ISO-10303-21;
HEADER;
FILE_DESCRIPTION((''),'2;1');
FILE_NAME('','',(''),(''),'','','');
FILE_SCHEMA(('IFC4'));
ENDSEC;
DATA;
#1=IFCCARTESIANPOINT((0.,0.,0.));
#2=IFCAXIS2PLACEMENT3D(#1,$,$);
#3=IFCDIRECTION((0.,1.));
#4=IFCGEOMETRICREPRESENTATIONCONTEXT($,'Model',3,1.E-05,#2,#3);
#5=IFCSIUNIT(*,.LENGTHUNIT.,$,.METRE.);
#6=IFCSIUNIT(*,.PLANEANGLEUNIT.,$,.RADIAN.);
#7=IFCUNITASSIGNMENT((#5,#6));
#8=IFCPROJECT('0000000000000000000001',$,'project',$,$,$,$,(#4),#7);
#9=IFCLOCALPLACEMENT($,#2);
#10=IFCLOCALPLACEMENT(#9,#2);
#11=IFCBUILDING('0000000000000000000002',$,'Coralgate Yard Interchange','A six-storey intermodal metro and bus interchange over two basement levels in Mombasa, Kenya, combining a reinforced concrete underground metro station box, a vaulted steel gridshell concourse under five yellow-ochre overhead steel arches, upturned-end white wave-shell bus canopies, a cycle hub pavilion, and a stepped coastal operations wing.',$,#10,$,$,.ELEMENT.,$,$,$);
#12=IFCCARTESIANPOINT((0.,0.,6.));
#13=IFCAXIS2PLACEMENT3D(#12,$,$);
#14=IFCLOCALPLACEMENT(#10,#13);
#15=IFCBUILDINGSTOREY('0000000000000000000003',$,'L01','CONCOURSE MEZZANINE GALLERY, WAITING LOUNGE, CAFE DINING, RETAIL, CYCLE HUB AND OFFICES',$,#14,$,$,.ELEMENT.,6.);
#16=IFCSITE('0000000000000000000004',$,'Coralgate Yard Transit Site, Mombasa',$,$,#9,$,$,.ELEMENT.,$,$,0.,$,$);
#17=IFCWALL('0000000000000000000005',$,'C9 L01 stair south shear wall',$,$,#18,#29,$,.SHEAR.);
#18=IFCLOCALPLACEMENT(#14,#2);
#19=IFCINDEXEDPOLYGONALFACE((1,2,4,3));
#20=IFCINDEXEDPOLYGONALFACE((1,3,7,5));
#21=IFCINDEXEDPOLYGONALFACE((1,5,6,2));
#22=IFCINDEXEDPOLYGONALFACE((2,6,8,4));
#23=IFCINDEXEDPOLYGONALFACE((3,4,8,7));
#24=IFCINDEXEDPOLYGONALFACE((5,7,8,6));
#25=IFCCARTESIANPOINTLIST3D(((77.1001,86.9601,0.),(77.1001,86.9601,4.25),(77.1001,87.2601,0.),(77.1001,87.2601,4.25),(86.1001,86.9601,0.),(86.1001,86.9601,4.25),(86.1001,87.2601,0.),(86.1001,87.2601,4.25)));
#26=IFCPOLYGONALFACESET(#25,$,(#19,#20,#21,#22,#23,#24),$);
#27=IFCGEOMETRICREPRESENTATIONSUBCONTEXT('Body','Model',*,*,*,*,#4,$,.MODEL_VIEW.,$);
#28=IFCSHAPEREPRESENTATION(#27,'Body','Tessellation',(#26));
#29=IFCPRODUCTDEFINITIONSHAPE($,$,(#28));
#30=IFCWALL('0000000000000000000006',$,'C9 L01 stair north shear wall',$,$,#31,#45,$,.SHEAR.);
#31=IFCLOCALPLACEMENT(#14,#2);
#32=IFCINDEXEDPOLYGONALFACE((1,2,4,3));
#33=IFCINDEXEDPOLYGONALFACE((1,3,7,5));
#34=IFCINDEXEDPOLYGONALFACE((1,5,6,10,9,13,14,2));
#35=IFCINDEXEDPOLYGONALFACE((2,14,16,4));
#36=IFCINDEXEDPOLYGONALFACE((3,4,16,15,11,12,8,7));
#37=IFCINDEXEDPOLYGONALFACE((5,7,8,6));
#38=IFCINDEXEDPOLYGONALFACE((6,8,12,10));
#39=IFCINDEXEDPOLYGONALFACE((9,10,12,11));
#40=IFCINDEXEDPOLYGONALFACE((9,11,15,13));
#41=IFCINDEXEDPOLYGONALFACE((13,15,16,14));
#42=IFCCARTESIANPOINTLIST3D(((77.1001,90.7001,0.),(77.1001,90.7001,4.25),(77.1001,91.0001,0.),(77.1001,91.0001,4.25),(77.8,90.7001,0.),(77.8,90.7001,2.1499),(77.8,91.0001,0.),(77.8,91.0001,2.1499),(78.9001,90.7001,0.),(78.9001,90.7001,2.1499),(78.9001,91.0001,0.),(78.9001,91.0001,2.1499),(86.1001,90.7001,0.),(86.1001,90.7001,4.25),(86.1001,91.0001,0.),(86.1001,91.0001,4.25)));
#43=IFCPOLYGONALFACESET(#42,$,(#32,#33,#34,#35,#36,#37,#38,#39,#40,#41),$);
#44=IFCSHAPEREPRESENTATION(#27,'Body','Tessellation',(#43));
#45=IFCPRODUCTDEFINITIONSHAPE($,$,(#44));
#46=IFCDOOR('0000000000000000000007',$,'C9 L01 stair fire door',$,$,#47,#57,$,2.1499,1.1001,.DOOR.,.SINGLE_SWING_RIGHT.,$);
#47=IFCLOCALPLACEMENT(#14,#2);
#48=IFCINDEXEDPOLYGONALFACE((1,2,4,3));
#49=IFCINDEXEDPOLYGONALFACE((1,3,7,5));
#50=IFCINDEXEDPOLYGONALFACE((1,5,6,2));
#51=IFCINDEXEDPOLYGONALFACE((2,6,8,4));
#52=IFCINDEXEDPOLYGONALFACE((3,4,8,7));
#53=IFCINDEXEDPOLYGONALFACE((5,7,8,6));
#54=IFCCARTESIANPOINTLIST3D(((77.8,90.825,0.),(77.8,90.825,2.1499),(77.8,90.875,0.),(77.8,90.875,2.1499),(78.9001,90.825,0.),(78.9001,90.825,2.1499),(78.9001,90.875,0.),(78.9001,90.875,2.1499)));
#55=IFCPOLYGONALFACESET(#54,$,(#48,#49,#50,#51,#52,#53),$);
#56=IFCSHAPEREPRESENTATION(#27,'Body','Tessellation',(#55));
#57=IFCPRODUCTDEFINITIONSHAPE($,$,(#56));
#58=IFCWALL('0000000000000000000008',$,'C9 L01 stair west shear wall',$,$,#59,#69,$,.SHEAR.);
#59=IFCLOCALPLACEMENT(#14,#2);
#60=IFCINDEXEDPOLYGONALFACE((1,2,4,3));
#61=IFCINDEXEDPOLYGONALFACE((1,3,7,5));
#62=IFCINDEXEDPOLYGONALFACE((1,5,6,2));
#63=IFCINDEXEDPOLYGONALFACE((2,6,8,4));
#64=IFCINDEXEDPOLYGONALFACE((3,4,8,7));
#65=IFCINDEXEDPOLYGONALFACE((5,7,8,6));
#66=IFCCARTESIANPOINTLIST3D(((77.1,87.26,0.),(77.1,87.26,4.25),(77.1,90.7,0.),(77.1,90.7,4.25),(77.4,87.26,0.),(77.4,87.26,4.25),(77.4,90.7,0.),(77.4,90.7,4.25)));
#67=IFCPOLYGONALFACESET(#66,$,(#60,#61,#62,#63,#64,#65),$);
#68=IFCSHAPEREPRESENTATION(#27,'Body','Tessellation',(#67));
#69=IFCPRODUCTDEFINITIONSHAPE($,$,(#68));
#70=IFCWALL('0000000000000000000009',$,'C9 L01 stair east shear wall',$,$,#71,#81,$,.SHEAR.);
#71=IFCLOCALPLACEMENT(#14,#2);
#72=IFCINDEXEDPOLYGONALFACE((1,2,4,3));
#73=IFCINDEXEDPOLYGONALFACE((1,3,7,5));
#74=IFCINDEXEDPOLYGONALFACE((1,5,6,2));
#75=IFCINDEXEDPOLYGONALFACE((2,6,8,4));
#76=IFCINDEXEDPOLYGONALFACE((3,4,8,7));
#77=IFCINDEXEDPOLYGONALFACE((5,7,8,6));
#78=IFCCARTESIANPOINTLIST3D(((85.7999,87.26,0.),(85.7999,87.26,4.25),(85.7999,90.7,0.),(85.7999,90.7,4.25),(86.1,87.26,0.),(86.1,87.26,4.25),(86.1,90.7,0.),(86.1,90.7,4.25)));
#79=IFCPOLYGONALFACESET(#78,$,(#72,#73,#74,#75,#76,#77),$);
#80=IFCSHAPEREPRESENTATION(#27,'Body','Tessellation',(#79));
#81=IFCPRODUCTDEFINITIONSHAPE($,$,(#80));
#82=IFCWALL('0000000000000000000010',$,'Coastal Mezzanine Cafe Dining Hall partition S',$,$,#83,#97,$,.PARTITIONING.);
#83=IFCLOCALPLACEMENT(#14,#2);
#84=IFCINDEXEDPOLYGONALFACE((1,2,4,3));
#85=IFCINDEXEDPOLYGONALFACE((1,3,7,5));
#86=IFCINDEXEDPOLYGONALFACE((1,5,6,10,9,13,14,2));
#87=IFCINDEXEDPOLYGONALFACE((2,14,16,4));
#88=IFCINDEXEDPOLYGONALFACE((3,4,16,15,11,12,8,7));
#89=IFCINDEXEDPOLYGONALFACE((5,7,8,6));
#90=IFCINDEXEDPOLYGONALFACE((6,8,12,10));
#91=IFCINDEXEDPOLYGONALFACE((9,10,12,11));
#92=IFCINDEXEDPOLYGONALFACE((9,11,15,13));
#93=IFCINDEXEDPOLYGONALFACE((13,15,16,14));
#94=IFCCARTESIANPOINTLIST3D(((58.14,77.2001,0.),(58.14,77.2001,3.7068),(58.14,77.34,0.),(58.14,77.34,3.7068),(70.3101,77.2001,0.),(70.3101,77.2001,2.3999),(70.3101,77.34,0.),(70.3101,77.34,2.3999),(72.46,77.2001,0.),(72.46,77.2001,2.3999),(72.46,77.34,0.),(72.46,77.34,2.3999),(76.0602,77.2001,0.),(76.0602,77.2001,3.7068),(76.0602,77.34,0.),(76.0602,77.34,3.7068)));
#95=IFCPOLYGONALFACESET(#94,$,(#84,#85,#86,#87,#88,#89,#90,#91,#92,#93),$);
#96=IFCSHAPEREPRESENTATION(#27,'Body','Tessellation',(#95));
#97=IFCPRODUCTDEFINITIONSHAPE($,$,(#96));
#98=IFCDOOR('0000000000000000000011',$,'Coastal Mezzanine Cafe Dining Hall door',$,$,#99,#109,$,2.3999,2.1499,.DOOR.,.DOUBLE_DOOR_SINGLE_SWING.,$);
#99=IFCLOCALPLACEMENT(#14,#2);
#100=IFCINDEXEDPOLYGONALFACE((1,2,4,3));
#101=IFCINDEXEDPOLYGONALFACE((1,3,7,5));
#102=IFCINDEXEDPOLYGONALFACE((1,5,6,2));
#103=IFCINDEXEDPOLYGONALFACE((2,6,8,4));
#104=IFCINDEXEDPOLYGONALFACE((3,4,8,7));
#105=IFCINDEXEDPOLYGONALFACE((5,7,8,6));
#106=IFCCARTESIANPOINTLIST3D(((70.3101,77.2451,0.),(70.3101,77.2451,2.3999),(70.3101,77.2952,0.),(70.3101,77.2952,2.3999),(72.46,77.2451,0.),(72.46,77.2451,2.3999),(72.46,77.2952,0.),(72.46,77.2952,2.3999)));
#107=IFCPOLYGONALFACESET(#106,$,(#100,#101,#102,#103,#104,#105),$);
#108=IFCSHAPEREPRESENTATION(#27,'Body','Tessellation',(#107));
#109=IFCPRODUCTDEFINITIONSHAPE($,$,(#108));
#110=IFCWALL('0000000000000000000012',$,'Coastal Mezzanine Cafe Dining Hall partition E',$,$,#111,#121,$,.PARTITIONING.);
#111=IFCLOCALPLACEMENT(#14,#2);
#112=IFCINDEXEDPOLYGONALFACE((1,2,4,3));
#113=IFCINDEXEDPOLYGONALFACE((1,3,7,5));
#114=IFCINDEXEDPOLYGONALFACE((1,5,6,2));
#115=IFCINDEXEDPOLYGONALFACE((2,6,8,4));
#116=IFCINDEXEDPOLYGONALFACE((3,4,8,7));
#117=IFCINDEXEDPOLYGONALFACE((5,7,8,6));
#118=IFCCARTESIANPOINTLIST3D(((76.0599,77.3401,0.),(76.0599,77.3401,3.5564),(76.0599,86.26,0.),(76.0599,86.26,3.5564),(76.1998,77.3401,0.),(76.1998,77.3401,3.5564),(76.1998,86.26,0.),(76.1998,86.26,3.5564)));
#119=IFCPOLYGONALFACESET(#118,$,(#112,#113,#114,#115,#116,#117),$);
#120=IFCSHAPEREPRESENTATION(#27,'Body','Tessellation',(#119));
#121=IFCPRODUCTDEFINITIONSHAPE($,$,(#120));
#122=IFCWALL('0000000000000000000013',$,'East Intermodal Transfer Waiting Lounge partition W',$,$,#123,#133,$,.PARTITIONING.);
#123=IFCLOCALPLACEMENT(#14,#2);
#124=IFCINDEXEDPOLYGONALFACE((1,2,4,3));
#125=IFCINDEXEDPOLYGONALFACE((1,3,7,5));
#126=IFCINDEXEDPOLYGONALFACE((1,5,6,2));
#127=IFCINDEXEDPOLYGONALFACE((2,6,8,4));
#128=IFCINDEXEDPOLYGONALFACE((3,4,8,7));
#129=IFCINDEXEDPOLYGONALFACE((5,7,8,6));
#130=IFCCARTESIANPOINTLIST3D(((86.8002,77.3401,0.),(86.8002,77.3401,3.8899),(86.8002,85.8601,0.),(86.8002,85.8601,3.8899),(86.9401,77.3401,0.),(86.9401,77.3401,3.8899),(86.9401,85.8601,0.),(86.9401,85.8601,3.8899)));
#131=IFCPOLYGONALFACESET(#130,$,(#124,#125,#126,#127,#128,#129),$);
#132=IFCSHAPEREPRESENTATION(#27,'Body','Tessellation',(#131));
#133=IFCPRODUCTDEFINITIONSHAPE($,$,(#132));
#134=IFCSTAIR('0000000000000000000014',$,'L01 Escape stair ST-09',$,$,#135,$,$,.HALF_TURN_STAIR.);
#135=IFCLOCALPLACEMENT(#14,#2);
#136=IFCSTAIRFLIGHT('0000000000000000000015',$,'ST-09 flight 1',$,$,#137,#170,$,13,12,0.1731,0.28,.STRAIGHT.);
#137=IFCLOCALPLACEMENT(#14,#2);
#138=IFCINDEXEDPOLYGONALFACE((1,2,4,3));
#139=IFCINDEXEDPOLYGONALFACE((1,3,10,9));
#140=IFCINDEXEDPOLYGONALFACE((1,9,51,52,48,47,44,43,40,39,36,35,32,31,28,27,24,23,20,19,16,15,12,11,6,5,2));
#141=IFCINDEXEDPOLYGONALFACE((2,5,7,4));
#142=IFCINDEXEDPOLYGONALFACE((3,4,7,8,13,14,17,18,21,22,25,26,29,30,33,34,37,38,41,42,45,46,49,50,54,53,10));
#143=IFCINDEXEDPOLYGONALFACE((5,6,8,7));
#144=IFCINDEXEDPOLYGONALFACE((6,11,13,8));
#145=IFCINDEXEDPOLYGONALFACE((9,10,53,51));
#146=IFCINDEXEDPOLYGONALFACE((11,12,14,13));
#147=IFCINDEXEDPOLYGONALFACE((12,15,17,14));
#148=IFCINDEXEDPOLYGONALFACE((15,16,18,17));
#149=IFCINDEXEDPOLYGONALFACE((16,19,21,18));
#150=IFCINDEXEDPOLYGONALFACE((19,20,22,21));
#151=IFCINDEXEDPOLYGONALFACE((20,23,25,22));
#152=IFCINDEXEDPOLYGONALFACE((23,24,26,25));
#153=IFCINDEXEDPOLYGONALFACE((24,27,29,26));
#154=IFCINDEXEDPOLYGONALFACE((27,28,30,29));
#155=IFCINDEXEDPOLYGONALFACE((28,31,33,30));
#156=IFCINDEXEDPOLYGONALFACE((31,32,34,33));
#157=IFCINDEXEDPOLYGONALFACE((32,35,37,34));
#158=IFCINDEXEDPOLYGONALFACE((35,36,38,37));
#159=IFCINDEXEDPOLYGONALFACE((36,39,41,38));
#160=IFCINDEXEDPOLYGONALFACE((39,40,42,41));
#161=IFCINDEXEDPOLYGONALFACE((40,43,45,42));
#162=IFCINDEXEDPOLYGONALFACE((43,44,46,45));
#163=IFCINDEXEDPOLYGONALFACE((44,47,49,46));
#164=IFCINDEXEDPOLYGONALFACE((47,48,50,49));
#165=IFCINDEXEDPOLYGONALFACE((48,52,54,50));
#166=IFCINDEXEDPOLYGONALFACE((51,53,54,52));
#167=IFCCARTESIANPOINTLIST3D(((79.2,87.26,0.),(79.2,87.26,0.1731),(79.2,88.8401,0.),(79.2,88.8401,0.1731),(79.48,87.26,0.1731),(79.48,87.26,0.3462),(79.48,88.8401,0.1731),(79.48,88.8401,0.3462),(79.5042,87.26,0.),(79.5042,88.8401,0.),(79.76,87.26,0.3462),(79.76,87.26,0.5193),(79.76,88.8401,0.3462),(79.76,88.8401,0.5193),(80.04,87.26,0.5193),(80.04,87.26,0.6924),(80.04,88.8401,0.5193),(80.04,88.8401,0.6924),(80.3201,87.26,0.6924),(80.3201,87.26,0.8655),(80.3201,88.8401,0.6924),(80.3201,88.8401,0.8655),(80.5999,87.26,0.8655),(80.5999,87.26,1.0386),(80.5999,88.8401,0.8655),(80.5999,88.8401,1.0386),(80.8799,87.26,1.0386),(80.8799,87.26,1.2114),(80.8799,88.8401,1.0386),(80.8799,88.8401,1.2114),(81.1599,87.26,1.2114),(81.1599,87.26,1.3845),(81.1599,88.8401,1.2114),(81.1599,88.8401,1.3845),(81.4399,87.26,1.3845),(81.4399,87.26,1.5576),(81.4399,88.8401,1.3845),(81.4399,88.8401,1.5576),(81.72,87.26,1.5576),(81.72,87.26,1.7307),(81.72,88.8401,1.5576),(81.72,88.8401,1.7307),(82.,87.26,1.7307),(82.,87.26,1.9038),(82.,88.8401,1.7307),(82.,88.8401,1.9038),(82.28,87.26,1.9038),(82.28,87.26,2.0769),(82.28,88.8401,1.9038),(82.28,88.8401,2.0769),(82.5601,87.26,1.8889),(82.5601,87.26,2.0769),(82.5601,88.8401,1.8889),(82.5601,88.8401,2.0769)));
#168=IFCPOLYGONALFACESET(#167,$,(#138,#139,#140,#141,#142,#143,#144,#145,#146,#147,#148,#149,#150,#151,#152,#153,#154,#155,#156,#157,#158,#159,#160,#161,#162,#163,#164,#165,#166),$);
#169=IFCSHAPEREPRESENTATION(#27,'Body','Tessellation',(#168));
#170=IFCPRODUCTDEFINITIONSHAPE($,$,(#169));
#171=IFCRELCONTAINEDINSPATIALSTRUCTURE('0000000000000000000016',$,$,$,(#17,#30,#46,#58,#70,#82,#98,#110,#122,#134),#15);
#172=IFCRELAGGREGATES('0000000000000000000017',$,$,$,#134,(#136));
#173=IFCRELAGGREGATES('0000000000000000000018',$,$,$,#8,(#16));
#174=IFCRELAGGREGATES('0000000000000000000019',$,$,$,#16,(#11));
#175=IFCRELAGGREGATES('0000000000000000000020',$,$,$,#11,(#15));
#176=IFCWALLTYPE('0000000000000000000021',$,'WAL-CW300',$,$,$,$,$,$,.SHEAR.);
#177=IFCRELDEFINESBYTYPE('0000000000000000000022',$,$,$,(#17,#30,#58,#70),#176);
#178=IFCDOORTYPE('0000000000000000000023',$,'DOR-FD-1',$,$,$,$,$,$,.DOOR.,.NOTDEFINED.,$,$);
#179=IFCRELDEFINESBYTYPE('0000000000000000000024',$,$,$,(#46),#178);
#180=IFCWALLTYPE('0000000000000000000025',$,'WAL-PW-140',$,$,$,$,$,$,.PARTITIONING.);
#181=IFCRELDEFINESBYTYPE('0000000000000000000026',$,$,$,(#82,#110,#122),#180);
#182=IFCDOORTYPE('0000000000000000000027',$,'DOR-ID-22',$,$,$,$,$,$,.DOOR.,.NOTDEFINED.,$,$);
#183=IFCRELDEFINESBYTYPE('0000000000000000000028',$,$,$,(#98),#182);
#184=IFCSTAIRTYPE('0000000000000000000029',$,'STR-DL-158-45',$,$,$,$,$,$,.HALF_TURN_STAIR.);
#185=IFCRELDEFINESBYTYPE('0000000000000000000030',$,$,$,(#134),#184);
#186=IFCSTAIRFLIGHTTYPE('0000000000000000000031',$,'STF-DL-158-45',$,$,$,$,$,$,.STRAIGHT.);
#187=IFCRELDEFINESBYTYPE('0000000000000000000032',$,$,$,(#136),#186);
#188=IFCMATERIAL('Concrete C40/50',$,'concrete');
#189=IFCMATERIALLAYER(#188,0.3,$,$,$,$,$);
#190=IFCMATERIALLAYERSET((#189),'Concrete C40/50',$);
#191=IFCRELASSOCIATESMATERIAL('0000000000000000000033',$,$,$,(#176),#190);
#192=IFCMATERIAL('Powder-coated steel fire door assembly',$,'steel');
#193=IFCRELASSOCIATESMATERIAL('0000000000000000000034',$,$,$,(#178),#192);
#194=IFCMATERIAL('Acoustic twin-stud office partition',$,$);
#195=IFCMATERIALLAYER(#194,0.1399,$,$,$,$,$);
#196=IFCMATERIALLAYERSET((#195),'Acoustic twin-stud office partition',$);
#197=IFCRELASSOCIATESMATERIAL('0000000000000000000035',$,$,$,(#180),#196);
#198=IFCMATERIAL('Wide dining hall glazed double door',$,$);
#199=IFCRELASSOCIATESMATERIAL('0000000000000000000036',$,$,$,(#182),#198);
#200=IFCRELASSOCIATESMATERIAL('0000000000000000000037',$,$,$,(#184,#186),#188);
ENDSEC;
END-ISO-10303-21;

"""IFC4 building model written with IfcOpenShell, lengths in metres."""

from ifc_helpers import new_model, si_unit, direction, frame, frame_2d, origin, place, context, subcontext, project, spatial, polyline, rectangle, outline, extrude, material, layer, layer_set, type_object, element, fill, aggregate, save


model = new_model("IFC4")

# Units and contexts
model_context = context("Model", 3, precision=1e-05, world=origin(), true_north=direction((0.0, 1.0)))
body_context = subcontext(model_context, "Body", "Model", "MODEL_VIEW")
ifc_project = project(units=[si_unit("LENGTHUNIT", "METRE"), si_unit("PLANEANGLEUNIT", "RADIAN")], contexts=[model_context])

# Site, building, storey
site_placement = place(None, origin())
site = spatial("IfcSite", under=ifc_project, at=site_placement, Name="Coralgate Yard Transit Site, Mombasa", CompositionType="ELEMENT", RefElevation=0.0)
building_placement = place(site_placement, origin())
building = spatial("IfcBuilding", under=site, at=building_placement, Name="Coralgate Yard Interchange", Description="A six-storey intermodal metro and bus interchange over two basement levels in Mombasa, Kenya, combining a reinforced concrete underground metro station box, a vaulted steel gridshell concourse under five yellow-ochre overhead steel arches, upturned-end white wave-shell bus canopies, a cycle hub pavilion, and a stepped coastal operations wing.", CompositionType="ELEMENT")
storey_placement = place(building_placement, frame((0.0, 0.0, 6.0)))
storey = spatial("IfcBuildingStorey", under=building, at=storey_placement, Name="L01", Description="CONCOURSE MEZZANINE GALLERY, WAITING LOUNGE, CAFE DINING, RETAIL, CYCLE HUB AND OFFICES", CompositionType="ELEMENT", Elevation=6.0)

# Wall
ifc_material_1 = material(Name="Concrete C40/50", Category="concrete")
ifc_layer_1 = layer(ifc_material_1, 0.3)
ifc_layer_set_1 = layer_set([ifc_layer_1], Name="Concrete C40/50")
wall_type_1 = type_object("IfcWallType", Name="WAL-CW300", PredefinedType="SHEAR", material=ifc_layer_set_1)
wall_1_placement = place(storey_placement, frame((77.1001, 87.1101, 0.0), z_axis=(0.0, 0.0, 1.0), x_axis=(1.0, 0.0, 0.0)))
element("IfcWall", 1, at=wall_1_placement, inside=storey, type_object=wall_type_1, Name="C9 L01 stair south shear wall", PredefinedType="SHEAR", context=body_context, shape_type="SweptSolid", body=[
    extrude(rectangle(XDim=9.0, YDim=0.3, at=frame_2d((4.5, 0.0))), origin(), (0.0, 0.0, 1.0), 4.25),
])

# Wall, opening, door
wall_2_placement = place(storey_placement, frame((86.1001, 90.8501, 0.0), z_axis=(0.0, 0.0, 1.0), x_axis=(-1.0, 0.0, 0.0)))
wall_2 = element("IfcWall", 2, at=wall_2_placement, inside=storey, type_object=wall_type_1, Name="C9 L01 stair north shear wall", PredefinedType="SHEAR", context=body_context, shape_type="SweptSolid", body=[
    extrude(rectangle(XDim=9.0, YDim=0.3, at=frame_2d((4.5, 0.0))), origin(), (0.0, 0.0, 1.0), 4.25),
])
opening_1_placement = place(wall_2_placement, frame((7.2, 0.0, 0.0)))
opening_1 = element("IfcOpeningElement", 3, at=opening_1_placement, cuts=wall_2, PredefinedType="OPENING", context=body_context, shape_type="SweptSolid", body=[
    extrude(rectangle(XDim=1.1001, YDim=2.1499, at=frame_2d((0.55, 1.075))), frame((0.0, 0.1599, 0.0), z_axis=(0.0, -1.0, 0.0), x_axis=(1.0, 0.0, 0.0)), (0.0, 0.0, 1.0), 0.3201),
])
ifc_material_2 = material(Name="Powder-coated steel fire door assembly", Category="steel")
door_type_1 = type_object("IfcDoorType", Name="DOR-FD-1", OperationType="NOTDEFINED", PredefinedType="DOOR", material=ifc_material_2)
door_1_placement = place(opening_1_placement, frame((1.1001, 0.0, 0.0), z_axis=(0.0, 0.0, 1.0), x_axis=(-1.0, 0.0, 0.0)))
door_1 = element("IfcDoor", 4, at=door_1_placement, inside=storey, type_object=door_type_1, Name="C9 L01 stair fire door", OperationType="SINGLE_SWING_RIGHT", OverallHeight=2.1499, OverallWidth=1.1001, PredefinedType="DOOR", context=body_context, shape_type="SweptSolid", body=[
    extrude(rectangle(XDim=1.1001, YDim=2.1499, at=frame_2d((0.55, 1.075))), frame((0.0, 0.0249, 0.0), z_axis=(0.0, -1.0, 0.0), x_axis=(1.0, 0.0, 0.0)), (0.0, 0.0, 1.0), 0.05),
])
fill(opening_1, door_1)

# Walls
for number, where, z_axis, x_axis, name in (
    (5, (77.25, 87.26, 0.0), (0.0, 0.0, 1.0), (0.0, 1.0, 0.0), "C9 L01 stair west shear wall"),
    (6, (85.95, 90.7, 0.0), (0.0, 0.0, 1.0), (0.0, -1.0, 0.0), "C9 L01 stair east shear wall"),
):
    element("IfcWall", number, at=place(storey_placement, frame(where, z_axis=z_axis, x_axis=x_axis)), inside=storey, type_object=wall_type_1, Name=name, PredefinedType="SHEAR", context=body_context, shape_type="SweptSolid", body=[
        extrude(rectangle(XDim=3.4399, YDim=0.3, at=frame_2d((1.72, 0.0))), origin(), (0.0, 0.0, 1.0), 4.25),
    ])

# Wall, opening, door
ifc_material_3 = material(Name="Acoustic twin-stud office partition")
ifc_layer_2 = layer(ifc_material_3, 0.1399)
ifc_layer_set_2 = layer_set([ifc_layer_2], Name="Acoustic twin-stud office partition")
wall_type_2 = type_object("IfcWallType", Name="WAL-PW-140", PredefinedType="PARTITIONING", material=ifc_layer_set_2)
wall_3_placement = place(storey_placement, frame((76.0601, 77.27, 0.0), z_axis=(0.0, 0.0, 1.0), x_axis=(-1.0, 0.0, 0.0)))
wall_3 = element("IfcWall", 7, at=wall_3_placement, inside=storey, type_object=wall_type_2, Name="Coastal Mezzanine Cafe Dining Hall partition S", PredefinedType="PARTITIONING", context=body_context, shape_type="SweptSolid", body=[
    extrude(rectangle(XDim=17.9202, YDim=0.1399, at=frame_2d((8.96, 0.0))), origin(), (0.0, 0.0, 1.0), 3.7068),
])
opening_2_placement = place(wall_3_placement, frame((3.6001, 0.0, 0.0)))
opening_2 = element("IfcOpeningElement", 8, at=opening_2_placement, cuts=wall_3, PredefinedType="OPENING", context=body_context, shape_type="SweptSolid", body=[
    extrude(rectangle(XDim=2.1499, YDim=2.3999, at=frame_2d((1.075, 1.2))), frame((0.0, 0.0798, 0.0), z_axis=(0.0, -1.0, 0.0), x_axis=(1.0, 0.0, 0.0)), (0.0, 0.0, 1.0), 0.1599),
])
ifc_material_4 = material(Name="Wide dining hall glazed double door")
door_type_2 = type_object("IfcDoorType", Name="DOR-ID-22", OperationType="NOTDEFINED", PredefinedType="DOOR", material=ifc_material_4)
door_2_placement = place(opening_2_placement, origin())
door_2 = element("IfcDoor", 9, at=door_2_placement, inside=storey, type_object=door_type_2, Name="Coastal Mezzanine Cafe Dining Hall door", OperationType="DOUBLE_DOOR_SINGLE_SWING", OverallHeight=2.3999, OverallWidth=2.1499, PredefinedType="DOOR", context=body_context, shape_type="SweptSolid", body=[
    extrude(rectangle(XDim=2.1499, YDim=2.3999, at=frame_2d((1.075, 1.2))), frame((0.0, 0.0249, 0.0), z_axis=(0.0, -1.0, 0.0), x_axis=(1.0, 0.0, 0.0)), (0.0, 0.0, 1.0), 0.05),
])
fill(opening_2, door_2)

# Walls
wall_4_placement = place(storey_placement, frame((76.1299, 86.26, 0.0), z_axis=(0.0, 0.0, 1.0), x_axis=(0.0, -1.0, 0.0)))
element("IfcWall", 10, at=wall_4_placement, inside=storey, type_object=wall_type_2, Name="Coastal Mezzanine Cafe Dining Hall partition E", PredefinedType="PARTITIONING", context=body_context, shape_type="SweptSolid", body=[
    extrude(rectangle(XDim=8.9199, YDim=0.1399, at=frame_2d((4.46, 0.0))), origin(), (0.0, 0.0, 1.0), 3.5564),
])
wall_5_placement = place(storey_placement, frame((86.8701, 77.3401, 0.0), z_axis=(0.0, 0.0, 1.0), x_axis=(0.0, 1.0, 0.0)))
element("IfcWall", 11, at=wall_5_placement, inside=storey, type_object=wall_type_2, Name="East Intermodal Transfer Waiting Lounge partition W", PredefinedType="PARTITIONING", context=body_context, shape_type="SweptSolid", body=[
    extrude(rectangle(XDim=8.52, YDim=0.1399, at=frame_2d((4.26, 0.0))), origin(), (0.0, 0.0, 1.0), 3.8899),
])

# Stair, stair flight
stair_type = type_object("IfcStairType", Name="STR-DL-158-45", PredefinedType="HALF_TURN_STAIR", material=ifc_material_1)
stair_placement = place(storey_placement, origin())
stair = element("IfcStair", 12, at=stair_placement, inside=storey, type_object=stair_type, Name="L01 Escape stair ST-09", PredefinedType="HALF_TURN_STAIR")
stair_flight_type = type_object("IfcStairFlightType", Name="STF-DL-158-45", PredefinedType="STRAIGHT", material=ifc_material_1)
stair_flight_1_placement = place(storey_placement, frame((79.2, 88.05, 0.0), z_axis=(0.0, 0.0, 1.0), x_axis=(1.0, 0.0, 0.0)))
stair_flight_1 = element("IfcStairFlight", 13, at=stair_flight_1_placement, type_object=stair_flight_type, Name="ST-09 flight 1", NumberOfRisers=13, NumberOfTreads=12, PredefinedType="STRAIGHT", RiserHeight=0.1731, TreadLength=0.28, context=body_context, shape_type="SweptSolid", body=[
    extrude(outline(polyline([(0.0, 0.0), (0.0, 0.1731), (0.28, 0.1731), (0.28, 0.3462), (0.5601, 0.3462), (0.5601, 0.5193), (0.8401, 0.5193), (0.8401, 0.6924), (1.1201, 0.6924), (1.1201, 0.8655), (1.3999, 0.8655), (1.3999, 1.0386), (1.6799, 1.0386), (1.6799, 1.2114), (1.96, 1.2114), (1.96, 1.3845), (2.24, 1.3845), (2.24, 1.5576), (2.52, 1.5576), (2.52, 1.7307), (2.8, 1.7307), (2.8, 1.9038), (3.0801, 1.9038), (3.0801, 2.0769), (3.3601, 2.0769), (3.3601, 2.25), (3.3601, 1.8889), (0.3042, 0.0), (0.0, 0.0)])), frame((0.0, 0.79, 0.0), z_axis=(0.0, -1.0, 0.0), x_axis=(1.0, 0.0, 0.0)), (0.0, 0.0, 1.0), 1.5801),
])
aggregate(stair, [stair_flight_1])

save(model, "model.ifc")
